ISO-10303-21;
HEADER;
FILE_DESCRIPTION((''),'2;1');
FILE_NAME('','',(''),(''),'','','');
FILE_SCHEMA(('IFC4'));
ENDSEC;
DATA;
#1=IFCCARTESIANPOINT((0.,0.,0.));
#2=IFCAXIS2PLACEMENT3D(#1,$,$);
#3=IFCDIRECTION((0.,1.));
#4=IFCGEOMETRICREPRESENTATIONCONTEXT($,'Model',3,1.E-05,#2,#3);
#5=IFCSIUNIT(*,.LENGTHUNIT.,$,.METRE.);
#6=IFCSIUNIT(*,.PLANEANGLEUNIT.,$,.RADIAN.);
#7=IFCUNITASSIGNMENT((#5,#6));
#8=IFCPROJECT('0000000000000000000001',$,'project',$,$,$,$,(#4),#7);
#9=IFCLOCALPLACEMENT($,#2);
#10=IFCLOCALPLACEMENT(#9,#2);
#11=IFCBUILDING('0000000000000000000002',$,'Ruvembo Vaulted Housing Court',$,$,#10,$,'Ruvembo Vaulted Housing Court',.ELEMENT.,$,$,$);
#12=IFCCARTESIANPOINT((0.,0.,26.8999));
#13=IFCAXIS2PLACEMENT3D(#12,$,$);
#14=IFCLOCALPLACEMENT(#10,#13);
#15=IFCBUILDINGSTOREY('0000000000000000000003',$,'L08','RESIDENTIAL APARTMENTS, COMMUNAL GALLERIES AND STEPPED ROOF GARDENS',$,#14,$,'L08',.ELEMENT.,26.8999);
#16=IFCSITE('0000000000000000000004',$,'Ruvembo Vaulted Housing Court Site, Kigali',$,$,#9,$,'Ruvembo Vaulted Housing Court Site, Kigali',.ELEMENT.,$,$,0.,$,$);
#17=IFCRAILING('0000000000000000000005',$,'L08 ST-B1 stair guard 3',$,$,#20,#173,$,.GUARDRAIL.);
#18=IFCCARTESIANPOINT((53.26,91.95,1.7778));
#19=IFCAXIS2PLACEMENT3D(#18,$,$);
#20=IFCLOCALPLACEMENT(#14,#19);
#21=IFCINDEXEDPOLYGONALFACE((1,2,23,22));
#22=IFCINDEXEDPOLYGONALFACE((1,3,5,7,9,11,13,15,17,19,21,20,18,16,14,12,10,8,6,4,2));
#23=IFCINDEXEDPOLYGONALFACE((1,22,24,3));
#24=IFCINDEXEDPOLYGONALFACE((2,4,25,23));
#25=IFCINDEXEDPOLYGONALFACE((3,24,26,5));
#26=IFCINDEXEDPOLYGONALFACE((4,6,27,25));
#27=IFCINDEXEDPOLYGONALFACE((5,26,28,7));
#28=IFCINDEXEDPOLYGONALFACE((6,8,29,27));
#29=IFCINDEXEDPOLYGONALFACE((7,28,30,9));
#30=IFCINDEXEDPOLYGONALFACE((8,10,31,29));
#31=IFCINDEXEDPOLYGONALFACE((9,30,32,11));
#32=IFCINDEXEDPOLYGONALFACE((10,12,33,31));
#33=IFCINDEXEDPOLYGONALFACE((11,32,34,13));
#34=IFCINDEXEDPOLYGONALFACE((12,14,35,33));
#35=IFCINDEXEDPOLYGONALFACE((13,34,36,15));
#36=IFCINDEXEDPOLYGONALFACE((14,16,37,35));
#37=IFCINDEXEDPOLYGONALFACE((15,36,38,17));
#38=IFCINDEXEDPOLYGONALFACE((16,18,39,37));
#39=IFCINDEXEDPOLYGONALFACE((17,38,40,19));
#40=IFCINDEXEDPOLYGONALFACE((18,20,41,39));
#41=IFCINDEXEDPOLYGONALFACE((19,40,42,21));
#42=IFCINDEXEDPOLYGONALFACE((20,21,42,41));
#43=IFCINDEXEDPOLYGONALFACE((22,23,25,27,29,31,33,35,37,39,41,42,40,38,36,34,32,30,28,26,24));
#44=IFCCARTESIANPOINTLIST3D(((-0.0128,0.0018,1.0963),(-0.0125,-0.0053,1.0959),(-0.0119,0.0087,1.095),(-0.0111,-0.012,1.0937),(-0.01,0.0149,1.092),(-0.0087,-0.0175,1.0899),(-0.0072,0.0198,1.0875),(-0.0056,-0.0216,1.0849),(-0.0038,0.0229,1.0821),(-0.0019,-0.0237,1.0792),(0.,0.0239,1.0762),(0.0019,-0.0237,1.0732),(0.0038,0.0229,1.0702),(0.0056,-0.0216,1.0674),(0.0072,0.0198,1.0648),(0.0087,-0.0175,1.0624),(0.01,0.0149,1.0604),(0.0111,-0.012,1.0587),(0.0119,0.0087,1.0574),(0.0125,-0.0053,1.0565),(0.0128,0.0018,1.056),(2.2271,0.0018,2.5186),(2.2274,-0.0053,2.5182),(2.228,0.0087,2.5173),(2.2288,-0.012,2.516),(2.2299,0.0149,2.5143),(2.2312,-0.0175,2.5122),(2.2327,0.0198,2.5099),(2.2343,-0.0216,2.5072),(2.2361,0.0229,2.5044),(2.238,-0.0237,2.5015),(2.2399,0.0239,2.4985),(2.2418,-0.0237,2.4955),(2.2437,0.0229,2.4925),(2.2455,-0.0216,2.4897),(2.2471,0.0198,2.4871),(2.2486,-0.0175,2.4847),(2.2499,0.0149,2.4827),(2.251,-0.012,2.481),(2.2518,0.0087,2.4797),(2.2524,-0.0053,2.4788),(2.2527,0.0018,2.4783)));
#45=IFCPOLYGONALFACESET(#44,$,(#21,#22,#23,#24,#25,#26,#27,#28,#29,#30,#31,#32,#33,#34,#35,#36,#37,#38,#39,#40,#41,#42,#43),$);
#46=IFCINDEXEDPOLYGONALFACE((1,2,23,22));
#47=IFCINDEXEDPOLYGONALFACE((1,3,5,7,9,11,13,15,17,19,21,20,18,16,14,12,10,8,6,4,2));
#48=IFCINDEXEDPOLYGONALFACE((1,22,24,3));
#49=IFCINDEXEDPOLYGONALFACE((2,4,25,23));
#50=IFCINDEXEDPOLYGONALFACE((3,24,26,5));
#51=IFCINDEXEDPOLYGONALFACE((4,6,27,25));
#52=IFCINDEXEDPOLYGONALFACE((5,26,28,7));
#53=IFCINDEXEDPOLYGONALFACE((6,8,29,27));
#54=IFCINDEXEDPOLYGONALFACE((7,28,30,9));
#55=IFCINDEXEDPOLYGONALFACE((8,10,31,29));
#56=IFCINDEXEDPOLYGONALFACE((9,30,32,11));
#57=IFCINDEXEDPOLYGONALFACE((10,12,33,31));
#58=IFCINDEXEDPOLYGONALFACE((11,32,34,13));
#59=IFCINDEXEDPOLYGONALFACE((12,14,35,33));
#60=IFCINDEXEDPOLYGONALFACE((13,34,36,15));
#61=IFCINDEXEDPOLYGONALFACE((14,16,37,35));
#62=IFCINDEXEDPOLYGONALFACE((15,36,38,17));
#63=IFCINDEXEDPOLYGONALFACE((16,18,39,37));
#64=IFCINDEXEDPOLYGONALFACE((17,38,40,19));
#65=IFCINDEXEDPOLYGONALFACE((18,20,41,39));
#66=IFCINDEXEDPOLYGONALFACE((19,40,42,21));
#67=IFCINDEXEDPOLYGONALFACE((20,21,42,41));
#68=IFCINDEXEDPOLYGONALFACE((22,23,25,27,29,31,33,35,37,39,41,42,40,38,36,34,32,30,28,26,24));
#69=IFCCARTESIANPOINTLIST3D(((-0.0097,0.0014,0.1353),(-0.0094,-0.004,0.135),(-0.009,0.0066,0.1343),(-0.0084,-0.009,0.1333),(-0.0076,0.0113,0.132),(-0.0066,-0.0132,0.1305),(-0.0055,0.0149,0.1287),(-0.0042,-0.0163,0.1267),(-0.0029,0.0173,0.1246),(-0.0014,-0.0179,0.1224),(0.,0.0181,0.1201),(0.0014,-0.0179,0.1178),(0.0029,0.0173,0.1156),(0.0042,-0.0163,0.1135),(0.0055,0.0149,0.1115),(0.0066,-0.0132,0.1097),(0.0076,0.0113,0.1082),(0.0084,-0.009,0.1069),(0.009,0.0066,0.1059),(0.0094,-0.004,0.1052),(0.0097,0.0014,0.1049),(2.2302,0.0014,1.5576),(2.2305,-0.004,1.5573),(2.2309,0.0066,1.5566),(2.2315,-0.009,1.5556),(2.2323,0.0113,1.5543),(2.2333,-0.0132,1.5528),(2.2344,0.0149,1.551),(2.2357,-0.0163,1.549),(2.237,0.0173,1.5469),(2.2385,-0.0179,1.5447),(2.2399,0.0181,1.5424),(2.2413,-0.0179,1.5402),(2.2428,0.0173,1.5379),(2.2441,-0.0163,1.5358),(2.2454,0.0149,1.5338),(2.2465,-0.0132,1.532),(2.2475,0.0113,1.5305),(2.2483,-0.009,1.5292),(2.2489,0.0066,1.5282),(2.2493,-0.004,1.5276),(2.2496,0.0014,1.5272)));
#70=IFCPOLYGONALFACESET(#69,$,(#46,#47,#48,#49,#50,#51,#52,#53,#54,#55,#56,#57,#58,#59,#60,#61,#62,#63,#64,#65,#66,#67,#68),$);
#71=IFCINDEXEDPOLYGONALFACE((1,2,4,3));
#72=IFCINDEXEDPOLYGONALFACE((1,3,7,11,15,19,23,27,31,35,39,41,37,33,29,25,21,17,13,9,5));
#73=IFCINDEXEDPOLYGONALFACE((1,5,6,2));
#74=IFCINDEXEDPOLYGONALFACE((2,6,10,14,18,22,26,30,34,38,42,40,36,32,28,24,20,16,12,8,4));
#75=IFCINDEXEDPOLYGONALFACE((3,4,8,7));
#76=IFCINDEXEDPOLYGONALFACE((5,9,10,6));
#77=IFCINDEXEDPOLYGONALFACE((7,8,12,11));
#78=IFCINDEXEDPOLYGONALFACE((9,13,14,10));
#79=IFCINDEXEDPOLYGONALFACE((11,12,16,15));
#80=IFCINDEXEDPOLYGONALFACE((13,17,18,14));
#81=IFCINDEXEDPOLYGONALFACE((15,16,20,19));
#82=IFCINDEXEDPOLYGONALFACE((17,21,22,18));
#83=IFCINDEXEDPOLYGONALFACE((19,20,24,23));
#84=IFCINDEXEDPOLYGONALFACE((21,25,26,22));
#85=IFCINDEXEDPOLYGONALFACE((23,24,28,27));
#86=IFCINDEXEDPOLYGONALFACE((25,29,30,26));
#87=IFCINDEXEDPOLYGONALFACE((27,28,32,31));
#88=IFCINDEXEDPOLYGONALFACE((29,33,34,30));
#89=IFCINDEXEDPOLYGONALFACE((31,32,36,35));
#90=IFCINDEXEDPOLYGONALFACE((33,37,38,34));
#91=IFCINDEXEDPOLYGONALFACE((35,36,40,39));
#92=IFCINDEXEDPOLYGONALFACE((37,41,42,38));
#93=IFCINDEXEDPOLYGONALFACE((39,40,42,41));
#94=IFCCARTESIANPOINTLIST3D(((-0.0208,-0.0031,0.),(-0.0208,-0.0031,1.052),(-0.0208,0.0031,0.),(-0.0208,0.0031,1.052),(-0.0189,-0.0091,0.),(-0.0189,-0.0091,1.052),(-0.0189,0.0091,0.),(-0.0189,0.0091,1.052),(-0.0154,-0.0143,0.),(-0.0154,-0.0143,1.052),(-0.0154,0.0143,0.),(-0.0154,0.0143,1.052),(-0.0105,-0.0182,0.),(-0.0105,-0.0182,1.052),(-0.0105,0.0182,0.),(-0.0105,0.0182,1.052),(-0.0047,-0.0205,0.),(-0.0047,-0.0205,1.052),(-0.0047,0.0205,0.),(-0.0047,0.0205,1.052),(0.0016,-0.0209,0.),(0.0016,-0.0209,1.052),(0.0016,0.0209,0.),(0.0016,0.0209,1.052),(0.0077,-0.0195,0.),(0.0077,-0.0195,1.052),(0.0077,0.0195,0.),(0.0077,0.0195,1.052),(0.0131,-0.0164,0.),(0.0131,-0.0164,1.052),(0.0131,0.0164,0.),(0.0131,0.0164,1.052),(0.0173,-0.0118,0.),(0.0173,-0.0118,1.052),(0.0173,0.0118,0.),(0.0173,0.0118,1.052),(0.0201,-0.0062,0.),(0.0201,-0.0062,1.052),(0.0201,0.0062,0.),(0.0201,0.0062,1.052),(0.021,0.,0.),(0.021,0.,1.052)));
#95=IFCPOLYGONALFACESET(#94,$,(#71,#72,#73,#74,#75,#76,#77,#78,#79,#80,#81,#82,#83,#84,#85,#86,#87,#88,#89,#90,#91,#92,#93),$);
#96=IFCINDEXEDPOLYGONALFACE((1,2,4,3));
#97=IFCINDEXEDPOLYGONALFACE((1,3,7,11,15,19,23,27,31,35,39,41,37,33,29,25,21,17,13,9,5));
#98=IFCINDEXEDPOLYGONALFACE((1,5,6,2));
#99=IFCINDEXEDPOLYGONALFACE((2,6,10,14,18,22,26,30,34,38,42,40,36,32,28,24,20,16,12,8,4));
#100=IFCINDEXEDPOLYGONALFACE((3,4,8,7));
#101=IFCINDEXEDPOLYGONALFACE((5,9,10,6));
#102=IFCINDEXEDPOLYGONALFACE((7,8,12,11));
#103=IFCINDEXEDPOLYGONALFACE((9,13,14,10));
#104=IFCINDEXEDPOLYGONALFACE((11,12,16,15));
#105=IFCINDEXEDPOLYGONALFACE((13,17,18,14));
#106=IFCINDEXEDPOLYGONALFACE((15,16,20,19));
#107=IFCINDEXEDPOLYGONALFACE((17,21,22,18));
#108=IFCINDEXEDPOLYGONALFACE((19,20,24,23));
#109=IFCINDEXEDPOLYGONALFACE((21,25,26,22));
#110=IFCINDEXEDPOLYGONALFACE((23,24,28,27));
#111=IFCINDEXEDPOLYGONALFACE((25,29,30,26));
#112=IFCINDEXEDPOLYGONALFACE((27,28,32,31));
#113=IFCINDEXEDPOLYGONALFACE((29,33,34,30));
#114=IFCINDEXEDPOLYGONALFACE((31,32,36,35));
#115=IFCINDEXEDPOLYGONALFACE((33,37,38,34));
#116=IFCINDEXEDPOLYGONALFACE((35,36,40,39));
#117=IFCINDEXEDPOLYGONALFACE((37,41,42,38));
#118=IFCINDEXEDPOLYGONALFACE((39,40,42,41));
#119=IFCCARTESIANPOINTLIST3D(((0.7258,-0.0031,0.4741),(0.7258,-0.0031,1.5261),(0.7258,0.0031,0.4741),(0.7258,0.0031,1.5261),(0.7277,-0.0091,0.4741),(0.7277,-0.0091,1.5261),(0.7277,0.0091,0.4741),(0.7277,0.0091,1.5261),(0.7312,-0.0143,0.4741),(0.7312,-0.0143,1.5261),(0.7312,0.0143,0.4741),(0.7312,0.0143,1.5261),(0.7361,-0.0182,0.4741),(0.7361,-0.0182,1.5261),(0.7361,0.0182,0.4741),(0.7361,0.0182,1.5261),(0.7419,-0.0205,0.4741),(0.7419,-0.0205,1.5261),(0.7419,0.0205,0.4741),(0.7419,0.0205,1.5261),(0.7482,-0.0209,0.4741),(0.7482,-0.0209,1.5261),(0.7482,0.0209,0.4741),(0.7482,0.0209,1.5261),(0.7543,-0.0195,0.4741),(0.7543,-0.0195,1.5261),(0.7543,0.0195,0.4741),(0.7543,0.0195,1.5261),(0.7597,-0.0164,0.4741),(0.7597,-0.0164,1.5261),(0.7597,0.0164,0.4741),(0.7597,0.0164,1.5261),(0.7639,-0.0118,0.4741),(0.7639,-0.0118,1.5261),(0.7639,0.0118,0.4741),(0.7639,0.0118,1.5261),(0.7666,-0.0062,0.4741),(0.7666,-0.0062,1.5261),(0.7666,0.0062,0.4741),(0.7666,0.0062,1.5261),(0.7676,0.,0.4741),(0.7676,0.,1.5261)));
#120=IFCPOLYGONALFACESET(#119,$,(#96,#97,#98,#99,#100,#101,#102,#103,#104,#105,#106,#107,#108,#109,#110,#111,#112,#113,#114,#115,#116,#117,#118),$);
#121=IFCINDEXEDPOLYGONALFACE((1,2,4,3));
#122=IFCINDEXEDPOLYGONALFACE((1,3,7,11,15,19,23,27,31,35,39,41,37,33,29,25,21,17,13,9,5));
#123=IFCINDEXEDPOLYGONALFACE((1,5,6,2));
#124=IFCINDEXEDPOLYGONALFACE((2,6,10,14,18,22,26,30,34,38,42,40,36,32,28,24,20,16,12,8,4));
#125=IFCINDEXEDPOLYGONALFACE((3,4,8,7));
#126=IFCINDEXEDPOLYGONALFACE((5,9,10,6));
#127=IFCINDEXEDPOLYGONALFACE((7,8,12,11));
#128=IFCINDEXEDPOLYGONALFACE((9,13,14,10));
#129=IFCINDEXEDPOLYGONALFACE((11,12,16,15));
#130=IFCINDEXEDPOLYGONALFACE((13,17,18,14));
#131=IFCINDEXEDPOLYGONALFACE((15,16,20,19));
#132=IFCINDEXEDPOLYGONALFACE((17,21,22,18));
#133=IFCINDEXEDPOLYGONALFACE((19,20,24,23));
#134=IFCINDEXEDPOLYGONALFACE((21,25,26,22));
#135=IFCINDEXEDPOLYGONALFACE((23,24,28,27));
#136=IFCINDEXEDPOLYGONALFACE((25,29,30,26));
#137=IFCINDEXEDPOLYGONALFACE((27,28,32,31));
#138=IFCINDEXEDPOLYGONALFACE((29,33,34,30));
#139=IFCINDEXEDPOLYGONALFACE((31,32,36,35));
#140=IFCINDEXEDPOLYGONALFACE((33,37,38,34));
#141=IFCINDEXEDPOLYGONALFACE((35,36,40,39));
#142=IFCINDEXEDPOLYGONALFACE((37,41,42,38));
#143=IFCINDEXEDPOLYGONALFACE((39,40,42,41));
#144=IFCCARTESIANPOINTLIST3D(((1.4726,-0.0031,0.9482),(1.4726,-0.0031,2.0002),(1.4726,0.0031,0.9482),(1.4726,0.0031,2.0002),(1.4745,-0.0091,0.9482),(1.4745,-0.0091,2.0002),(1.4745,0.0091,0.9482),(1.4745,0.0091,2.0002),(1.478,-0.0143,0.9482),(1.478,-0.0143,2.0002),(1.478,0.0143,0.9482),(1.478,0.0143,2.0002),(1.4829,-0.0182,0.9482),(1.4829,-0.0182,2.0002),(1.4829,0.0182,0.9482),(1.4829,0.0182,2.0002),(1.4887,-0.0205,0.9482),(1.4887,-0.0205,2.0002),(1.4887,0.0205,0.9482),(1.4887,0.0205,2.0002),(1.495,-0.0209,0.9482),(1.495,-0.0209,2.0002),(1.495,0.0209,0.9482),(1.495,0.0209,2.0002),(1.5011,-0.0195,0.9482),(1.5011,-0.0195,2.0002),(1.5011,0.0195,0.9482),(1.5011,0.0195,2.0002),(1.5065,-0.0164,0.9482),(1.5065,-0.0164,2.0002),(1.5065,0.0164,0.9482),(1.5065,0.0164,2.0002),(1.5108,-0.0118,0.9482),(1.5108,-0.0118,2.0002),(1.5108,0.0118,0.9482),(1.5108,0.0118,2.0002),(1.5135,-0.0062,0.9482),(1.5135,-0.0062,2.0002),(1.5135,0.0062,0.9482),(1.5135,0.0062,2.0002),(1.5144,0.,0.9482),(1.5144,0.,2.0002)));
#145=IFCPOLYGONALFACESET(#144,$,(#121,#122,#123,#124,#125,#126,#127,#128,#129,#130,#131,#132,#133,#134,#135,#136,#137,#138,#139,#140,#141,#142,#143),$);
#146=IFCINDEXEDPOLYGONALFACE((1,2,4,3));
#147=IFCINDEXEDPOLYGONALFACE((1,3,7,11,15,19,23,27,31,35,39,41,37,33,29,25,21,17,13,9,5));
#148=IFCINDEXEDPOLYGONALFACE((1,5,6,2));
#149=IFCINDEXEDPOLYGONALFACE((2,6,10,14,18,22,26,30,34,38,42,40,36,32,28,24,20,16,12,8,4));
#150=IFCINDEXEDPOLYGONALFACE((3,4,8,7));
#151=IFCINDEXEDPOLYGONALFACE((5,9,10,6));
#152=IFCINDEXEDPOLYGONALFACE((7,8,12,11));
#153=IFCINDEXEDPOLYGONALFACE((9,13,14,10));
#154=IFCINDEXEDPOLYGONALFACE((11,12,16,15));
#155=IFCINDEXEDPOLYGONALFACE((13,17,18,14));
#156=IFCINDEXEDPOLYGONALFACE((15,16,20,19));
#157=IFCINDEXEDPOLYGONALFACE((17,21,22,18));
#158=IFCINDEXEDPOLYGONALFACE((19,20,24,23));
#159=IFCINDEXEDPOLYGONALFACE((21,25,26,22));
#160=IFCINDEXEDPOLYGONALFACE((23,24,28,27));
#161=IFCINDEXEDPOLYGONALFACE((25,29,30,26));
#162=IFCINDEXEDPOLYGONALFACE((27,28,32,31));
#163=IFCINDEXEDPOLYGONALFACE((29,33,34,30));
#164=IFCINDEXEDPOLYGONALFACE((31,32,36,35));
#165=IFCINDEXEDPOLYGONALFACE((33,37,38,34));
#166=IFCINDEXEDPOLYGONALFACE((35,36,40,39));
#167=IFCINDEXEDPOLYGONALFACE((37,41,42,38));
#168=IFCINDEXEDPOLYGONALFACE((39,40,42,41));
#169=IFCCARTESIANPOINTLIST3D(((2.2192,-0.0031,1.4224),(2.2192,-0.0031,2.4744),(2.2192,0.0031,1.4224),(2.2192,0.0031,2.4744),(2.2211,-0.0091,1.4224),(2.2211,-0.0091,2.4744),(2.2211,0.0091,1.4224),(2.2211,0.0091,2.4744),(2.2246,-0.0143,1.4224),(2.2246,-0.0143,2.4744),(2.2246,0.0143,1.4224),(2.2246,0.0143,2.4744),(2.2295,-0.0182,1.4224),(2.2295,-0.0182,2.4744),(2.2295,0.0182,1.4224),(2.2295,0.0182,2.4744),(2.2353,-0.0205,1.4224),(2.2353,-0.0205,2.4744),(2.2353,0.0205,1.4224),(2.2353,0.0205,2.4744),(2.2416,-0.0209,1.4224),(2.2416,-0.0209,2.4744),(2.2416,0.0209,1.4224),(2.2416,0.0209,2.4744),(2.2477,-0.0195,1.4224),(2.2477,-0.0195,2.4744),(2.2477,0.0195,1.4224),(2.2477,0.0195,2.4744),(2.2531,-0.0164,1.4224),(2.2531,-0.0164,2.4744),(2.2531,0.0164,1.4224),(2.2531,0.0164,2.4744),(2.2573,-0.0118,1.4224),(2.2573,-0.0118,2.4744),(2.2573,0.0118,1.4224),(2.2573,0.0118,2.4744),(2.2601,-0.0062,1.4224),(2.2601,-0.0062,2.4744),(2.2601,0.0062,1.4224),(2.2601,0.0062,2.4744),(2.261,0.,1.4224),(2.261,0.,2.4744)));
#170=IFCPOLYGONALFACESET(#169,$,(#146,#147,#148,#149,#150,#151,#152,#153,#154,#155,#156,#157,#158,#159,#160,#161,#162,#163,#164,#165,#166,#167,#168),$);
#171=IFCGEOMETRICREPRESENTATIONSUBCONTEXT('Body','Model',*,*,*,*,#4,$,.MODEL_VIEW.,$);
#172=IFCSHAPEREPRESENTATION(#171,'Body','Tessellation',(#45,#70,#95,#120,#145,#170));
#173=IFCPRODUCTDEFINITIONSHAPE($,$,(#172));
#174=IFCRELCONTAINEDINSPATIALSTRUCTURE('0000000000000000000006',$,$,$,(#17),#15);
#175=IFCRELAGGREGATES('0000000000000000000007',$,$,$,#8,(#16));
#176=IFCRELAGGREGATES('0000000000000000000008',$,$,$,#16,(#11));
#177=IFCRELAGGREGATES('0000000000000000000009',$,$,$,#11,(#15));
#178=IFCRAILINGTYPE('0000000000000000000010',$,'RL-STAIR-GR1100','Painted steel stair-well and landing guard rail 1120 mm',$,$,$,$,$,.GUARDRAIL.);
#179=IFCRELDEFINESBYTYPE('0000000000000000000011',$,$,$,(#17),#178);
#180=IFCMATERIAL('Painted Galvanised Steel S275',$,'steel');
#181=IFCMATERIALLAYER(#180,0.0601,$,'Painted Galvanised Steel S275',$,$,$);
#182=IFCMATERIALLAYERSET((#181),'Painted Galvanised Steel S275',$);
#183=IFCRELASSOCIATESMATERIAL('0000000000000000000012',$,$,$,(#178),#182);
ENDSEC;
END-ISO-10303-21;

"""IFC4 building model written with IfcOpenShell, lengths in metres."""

from ifc_helpers import new_model, si_unit, direction, frame, origin, origin_2d, place, context, subcontext, project, spatial, circle, extrude, material, layer, layer_set, type_object, element, save


model = new_model("IFC4")

# Units and contexts
model_context = context("Model", 3, precision=1e-05, world=origin(), true_north=direction((0.0, 1.0)))
body_context = subcontext(model_context, "Body", "Model", "MODEL_VIEW")
ifc_project = project(units=[si_unit("LENGTHUNIT", "METRE"), si_unit("PLANEANGLEUNIT", "RADIAN")], contexts=[model_context])

# Site, building, storey
site_placement = place(None, origin())
site = spatial("IfcSite", under=ifc_project, at=site_placement, Name="Ruvembo Vaulted Housing Court Site, Kigali", LongName="Ruvembo Vaulted Housing Court Site, Kigali", CompositionType="ELEMENT", RefElevation=0.0)
building_placement = place(site_placement, origin())
building = spatial("IfcBuilding", under=site, at=building_placement, Name="Ruvembo Vaulted Housing Court", LongName="Ruvembo Vaulted Housing Court", CompositionType="ELEMENT")
storey_placement = place(building_placement, frame((0.0, 0.0, 26.8999)))
storey = spatial("IfcBuildingStorey", under=building, at=storey_placement, Name="L08", Description="RESIDENTIAL APARTMENTS, COMMUNAL GALLERIES AND STEPPED ROOF GARDENS", LongName="L08", CompositionType="ELEMENT", Elevation=26.8999)

# Railing
ifc_material_1 = material(Name="Painted Galvanised Steel S275", Category="steel")
ifc_layer_1 = layer(ifc_material_1, 0.0601, Name="Painted Galvanised Steel S275")
ifc_layer_set_1 = layer_set([ifc_layer_1], Name="Painted Galvanised Steel S275")
railing_type_1 = type_object("IfcRailingType", Name="RL-STAIR-GR1100", Description="Painted steel stair-well and landing guard rail 1120 mm", PredefinedType="GUARDRAIL", material=ifc_layer_set_1)
railing_1_placement = place(storey_placement, frame((53.26, 91.95, 1.7778)))
element("IfcRailing", 1, at=railing_1_placement, inside=storey, type_object=railing_type_1, Name="L08 ST-B1 stair guard 3", PredefinedType="GUARDRAIL", context=body_context, shape_type="SweptSolid", body=[
    extrude(circle(Radius=0.0239, at=origin_2d()), frame((0.0, 0.0, 1.0762), z_axis=(0.844188, 0.0, 0.536048), x_axis=(0.0, 1.0, 0.0)), (0.0, 0.0, 1.0), 2.6533),
    extrude(circle(Radius=0.0181, at=origin_2d()), frame((0.0, 0.0, 0.1201), z_axis=(0.844188, 0.0, 0.536048), x_axis=(0.0, 1.0, 0.0)), (0.0, 0.0, 1.0), 2.6533),
    extrude(circle(Radius=0.021, at=origin_2d()), origin(), (0.0, 0.0, 1.0), 1.052),
    extrude(circle(Radius=0.021, at=origin_2d()), frame((0.7466, 0.0, 0.4741)), (0.0, 0.0, 1.0), 1.052),
    extrude(circle(Radius=0.021, at=origin_2d()), frame((1.4934, 0.0, 0.9482)), (0.0, 0.0, 1.0), 1.052),
    extrude(circle(Radius=0.021, at=origin_2d()), frame((2.24, 0.0, 1.4224)), (0.0, 0.0, 1.0), 1.052),
])

save(model, "model.ifc")
